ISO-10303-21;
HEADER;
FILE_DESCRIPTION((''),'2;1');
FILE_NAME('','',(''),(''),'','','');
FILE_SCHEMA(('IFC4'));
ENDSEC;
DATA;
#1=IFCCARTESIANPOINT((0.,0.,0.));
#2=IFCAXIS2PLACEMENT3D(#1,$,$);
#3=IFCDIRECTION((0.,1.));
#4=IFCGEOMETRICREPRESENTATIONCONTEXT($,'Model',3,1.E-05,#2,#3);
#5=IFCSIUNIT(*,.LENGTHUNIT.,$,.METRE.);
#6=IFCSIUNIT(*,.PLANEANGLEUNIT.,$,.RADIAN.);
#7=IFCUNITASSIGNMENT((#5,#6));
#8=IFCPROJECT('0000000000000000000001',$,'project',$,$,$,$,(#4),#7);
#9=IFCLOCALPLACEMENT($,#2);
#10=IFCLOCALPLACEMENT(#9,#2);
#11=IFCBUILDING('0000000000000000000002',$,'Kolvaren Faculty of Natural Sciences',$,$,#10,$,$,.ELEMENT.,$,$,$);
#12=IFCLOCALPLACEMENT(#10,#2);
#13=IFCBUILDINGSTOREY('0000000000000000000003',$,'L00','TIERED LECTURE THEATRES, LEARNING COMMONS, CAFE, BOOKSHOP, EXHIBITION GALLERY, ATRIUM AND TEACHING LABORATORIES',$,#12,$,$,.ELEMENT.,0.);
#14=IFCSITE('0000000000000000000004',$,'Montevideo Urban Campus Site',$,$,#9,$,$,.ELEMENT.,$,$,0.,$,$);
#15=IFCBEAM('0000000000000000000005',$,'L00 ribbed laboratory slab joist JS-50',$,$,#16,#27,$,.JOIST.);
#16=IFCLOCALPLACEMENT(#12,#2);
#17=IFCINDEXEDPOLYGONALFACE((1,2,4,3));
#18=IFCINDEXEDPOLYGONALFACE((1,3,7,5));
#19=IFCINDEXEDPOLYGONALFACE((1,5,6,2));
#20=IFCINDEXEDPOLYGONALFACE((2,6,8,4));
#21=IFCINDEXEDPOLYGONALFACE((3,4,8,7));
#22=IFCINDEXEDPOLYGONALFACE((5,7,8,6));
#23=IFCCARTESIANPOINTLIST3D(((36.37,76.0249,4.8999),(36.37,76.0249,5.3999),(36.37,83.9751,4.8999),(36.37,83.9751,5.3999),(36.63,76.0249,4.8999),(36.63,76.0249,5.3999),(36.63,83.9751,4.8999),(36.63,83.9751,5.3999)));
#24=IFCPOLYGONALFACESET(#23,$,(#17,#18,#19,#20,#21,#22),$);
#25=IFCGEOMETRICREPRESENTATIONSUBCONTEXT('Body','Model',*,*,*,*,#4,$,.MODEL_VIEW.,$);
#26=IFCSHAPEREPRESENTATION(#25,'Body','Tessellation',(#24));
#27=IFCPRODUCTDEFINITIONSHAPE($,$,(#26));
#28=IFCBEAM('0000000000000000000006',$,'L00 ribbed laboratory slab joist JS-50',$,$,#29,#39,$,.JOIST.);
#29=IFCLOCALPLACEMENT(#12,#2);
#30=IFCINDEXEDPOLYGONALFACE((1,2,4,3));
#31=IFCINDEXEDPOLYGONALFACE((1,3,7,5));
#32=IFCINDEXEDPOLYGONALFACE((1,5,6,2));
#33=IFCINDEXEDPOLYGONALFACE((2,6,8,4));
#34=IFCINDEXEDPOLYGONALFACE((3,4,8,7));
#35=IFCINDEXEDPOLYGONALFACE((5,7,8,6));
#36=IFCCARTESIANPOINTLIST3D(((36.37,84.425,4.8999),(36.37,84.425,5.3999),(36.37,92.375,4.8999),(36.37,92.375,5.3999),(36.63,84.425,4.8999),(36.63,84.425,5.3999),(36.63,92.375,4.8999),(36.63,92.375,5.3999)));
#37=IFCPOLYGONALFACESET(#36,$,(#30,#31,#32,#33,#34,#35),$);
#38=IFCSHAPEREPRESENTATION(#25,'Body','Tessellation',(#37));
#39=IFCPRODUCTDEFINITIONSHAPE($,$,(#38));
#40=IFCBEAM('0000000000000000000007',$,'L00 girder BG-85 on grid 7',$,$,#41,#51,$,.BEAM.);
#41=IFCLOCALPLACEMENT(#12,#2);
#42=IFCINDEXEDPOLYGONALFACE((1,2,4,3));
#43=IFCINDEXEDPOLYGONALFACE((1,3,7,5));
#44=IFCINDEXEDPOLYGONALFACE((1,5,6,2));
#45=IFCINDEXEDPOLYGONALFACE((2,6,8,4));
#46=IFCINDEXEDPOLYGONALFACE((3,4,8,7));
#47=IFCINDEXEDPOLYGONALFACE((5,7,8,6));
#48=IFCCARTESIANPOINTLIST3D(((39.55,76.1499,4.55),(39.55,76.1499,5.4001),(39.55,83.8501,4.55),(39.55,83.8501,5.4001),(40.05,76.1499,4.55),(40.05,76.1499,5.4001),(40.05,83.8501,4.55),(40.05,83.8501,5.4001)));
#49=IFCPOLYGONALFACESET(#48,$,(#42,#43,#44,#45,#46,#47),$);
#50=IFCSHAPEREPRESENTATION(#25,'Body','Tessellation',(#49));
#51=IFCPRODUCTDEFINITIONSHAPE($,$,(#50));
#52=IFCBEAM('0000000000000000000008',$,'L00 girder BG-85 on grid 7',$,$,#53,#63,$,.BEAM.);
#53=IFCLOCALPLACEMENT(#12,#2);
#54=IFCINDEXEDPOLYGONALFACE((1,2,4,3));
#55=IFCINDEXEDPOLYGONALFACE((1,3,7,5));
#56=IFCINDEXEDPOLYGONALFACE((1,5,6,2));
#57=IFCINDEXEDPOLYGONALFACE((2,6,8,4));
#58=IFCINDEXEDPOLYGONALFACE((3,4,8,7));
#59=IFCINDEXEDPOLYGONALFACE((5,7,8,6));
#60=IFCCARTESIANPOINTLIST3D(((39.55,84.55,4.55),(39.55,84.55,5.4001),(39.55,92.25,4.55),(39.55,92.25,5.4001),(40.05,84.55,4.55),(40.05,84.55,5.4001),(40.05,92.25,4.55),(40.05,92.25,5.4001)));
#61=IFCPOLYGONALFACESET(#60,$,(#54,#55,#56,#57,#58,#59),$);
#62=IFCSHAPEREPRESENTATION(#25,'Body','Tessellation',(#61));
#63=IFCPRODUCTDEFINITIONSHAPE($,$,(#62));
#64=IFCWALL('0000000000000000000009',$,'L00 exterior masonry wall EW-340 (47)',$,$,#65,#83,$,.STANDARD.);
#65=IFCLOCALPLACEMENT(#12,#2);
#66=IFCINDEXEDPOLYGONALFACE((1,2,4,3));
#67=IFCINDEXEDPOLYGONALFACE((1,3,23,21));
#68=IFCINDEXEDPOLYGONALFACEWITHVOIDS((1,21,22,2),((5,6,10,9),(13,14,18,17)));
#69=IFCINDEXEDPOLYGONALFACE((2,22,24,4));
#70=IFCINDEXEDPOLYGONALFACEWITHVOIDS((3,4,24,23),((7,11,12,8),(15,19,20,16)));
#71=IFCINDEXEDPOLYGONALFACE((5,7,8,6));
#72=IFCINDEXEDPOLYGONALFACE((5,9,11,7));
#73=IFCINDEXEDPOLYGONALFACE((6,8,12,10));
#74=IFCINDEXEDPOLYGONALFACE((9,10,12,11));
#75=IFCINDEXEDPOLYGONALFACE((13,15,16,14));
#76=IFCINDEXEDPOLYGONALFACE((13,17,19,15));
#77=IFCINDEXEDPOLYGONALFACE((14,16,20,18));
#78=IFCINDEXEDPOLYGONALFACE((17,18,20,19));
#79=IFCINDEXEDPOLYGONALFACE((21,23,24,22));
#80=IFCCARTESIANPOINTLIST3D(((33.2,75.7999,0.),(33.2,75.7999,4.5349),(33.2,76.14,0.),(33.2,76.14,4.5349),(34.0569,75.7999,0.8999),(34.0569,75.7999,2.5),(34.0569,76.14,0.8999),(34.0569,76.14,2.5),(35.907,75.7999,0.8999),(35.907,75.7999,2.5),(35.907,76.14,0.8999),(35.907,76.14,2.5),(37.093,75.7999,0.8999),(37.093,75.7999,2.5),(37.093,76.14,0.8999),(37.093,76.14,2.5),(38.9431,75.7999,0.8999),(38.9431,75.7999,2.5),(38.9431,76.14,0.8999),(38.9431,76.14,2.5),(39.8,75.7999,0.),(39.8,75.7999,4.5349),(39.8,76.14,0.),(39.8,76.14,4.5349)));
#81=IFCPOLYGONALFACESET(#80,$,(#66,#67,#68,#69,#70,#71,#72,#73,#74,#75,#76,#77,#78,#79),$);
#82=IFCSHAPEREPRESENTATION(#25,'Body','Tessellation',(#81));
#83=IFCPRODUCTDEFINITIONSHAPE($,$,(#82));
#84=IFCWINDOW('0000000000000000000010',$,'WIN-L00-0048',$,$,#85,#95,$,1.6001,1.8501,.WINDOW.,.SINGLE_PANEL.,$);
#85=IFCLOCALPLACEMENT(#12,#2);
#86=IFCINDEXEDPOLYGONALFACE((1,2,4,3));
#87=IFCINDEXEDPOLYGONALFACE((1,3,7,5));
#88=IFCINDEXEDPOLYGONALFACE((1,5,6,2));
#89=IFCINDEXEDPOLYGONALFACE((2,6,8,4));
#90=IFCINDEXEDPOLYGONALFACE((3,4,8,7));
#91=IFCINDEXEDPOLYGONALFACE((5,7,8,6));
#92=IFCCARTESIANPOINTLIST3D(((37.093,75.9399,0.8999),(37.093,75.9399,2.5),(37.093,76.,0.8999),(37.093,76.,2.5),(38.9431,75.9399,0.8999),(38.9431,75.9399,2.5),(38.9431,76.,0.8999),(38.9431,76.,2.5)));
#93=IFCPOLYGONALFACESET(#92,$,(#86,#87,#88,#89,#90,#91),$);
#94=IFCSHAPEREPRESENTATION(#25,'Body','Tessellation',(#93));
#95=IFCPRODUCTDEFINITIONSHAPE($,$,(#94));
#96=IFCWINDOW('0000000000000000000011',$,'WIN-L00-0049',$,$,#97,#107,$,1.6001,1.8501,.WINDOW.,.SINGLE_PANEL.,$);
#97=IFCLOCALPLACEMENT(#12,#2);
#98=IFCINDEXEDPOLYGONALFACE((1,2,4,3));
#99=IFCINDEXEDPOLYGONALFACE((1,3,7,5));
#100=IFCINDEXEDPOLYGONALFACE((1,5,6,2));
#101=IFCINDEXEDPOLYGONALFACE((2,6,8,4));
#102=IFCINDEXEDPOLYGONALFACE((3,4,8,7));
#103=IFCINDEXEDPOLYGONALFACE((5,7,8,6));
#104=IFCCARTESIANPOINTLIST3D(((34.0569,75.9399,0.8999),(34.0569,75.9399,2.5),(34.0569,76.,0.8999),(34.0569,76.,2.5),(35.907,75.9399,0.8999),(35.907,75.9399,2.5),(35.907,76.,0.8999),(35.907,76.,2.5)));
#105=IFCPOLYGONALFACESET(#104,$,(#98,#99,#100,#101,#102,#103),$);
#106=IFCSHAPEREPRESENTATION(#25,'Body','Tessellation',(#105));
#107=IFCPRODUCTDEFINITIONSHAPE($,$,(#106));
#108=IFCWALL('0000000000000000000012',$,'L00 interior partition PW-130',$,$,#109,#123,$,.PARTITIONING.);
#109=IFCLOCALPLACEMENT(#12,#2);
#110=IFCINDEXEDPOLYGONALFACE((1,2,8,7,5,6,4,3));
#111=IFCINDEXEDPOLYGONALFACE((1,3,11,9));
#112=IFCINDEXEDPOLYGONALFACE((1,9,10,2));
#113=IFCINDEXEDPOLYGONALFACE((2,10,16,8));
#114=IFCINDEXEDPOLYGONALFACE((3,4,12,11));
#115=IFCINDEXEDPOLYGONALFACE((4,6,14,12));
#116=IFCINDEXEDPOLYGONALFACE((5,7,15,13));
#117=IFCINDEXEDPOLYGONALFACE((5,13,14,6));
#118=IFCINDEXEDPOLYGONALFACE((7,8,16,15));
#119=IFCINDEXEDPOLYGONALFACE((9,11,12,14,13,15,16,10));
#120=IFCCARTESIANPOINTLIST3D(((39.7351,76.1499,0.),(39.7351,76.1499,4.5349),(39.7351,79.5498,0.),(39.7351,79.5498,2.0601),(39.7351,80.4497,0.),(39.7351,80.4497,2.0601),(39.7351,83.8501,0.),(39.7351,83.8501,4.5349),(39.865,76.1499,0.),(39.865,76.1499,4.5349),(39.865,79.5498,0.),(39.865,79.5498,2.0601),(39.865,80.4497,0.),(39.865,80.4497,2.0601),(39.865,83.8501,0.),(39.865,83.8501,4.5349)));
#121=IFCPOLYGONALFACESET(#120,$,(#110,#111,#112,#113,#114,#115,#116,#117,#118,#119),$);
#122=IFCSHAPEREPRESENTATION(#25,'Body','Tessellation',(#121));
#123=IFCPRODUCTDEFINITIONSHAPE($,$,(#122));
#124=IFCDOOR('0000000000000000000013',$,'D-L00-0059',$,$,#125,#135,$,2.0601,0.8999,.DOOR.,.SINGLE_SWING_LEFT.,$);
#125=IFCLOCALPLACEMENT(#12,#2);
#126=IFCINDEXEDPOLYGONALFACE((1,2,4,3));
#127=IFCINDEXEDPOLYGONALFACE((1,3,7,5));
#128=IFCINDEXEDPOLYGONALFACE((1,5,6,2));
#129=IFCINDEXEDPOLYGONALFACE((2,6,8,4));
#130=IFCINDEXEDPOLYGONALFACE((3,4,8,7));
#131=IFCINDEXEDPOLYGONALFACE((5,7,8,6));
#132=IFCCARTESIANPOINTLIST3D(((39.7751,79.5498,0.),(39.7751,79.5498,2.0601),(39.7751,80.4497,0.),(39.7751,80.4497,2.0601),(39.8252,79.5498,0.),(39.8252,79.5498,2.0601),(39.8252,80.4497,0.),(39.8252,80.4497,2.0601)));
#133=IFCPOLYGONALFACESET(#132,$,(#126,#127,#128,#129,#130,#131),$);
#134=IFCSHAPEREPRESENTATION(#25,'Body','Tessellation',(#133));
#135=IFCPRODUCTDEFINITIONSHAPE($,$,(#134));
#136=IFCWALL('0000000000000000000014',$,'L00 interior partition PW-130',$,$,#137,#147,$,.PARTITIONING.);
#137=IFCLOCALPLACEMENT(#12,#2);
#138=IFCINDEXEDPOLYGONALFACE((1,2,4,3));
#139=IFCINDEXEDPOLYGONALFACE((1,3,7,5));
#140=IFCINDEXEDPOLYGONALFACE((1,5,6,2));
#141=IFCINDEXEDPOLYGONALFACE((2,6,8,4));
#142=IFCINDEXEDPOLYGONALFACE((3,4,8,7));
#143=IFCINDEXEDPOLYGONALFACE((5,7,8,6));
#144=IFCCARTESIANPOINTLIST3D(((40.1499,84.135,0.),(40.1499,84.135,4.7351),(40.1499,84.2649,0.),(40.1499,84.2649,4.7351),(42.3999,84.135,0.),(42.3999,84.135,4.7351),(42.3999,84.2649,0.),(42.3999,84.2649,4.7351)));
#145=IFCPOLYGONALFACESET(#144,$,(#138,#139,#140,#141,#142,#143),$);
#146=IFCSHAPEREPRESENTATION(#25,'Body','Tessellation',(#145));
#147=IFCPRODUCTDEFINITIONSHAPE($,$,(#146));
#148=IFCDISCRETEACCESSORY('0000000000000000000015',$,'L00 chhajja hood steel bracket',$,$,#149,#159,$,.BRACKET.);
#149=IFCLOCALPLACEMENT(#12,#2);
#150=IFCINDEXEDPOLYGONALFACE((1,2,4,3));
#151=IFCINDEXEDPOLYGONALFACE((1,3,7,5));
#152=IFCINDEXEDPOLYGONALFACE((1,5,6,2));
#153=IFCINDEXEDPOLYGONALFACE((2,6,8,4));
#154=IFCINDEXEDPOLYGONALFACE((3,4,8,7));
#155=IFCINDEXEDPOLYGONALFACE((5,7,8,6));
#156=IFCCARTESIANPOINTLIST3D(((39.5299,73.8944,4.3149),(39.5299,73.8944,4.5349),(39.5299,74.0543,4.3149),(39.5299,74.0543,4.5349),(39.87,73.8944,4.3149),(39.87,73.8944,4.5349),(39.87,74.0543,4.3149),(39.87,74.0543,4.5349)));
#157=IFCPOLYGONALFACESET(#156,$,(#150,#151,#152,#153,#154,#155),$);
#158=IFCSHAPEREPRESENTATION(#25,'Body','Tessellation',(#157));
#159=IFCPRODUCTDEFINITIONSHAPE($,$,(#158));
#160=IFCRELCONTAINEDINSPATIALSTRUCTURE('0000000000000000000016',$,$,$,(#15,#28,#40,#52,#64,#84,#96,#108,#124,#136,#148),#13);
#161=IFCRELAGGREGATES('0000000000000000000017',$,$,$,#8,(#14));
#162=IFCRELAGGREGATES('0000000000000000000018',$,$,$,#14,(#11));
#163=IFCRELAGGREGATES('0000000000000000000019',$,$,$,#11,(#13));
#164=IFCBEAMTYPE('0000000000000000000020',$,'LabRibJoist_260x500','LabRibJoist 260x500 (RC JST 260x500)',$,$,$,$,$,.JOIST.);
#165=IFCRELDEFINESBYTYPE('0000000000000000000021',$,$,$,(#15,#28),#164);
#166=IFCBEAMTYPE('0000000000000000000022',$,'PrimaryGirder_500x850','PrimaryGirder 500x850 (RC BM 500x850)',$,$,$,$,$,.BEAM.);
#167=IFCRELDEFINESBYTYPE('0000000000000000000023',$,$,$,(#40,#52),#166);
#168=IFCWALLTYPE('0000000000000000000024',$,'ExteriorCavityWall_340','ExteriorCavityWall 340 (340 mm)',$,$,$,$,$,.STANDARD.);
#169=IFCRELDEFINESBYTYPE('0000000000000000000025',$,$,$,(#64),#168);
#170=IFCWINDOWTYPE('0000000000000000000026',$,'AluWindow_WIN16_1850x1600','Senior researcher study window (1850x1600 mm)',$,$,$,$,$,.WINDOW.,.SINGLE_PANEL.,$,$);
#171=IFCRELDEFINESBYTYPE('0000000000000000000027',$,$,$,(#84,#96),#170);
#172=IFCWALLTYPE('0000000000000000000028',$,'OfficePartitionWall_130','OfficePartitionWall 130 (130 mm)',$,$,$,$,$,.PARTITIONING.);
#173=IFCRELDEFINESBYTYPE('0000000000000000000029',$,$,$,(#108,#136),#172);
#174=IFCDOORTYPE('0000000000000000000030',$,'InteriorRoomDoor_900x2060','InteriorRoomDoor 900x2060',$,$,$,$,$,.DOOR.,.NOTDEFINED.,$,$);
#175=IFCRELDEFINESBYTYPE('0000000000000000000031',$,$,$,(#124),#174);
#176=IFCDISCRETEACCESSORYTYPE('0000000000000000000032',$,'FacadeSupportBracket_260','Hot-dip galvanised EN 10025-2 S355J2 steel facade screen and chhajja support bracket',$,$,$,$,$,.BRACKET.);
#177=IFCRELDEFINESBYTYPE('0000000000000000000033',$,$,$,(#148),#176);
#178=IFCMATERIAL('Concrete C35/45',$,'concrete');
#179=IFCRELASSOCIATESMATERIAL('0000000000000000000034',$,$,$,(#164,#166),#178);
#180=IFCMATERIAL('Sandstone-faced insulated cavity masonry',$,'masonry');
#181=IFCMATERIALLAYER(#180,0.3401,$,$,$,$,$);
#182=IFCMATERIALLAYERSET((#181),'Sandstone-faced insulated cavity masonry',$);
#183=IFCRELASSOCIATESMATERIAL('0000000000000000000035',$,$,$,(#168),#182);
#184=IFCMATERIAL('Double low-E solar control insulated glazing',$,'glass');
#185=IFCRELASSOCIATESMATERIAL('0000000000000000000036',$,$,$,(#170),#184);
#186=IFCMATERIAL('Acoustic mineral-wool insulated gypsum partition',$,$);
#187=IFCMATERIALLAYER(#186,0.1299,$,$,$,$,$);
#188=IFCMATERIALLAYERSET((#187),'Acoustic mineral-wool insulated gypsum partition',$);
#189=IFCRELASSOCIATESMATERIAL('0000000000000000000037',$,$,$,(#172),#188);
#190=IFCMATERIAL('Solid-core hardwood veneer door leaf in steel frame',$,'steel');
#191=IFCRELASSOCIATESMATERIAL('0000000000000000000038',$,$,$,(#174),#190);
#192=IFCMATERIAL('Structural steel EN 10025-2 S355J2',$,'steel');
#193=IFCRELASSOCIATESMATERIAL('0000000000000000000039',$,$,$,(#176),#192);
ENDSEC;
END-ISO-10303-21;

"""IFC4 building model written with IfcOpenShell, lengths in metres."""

from ifc_helpers import new_model, si_unit, direction, frame, frame_2d, origin, origin_2d, place, context, subcontext, project, spatial, rectangle, extrude, material, layer, layer_set, material_profile, profile_set, type_object, element, fill, save


model = new_model("IFC4")

# Units and contexts
model_context = context("Model", 3, precision=1e-05, world=origin(), true_north=direction((0.0, 1.0)))
body_context = subcontext(model_context, "Body", "Model", "MODEL_VIEW")
ifc_project = project(units=[si_unit("LENGTHUNIT", "METRE"), si_unit("PLANEANGLEUNIT", "RADIAN")], contexts=[model_context])

# Site, building, storey
site_placement = place(None, origin())
site = spatial("IfcSite", under=ifc_project, at=site_placement, Name="Montevideo Urban Campus Site", CompositionType="ELEMENT", RefElevation=0.0)
building_placement = place(site_placement, origin())
building = spatial("IfcBuilding", under=site, at=building_placement, Name="Kolvaren Faculty of Natural Sciences", CompositionType="ELEMENT")
storey_placement = place(building_placement, origin())
storey = spatial("IfcBuildingStorey", under=building, at=storey_placement, Name="L00", Description="TIERED LECTURE THEATRES, LEARNING COMMONS, CAFE, BOOKSHOP, EXHIBITION GALLERY, ATRIUM AND TEACHING LABORATORIES", CompositionType="ELEMENT", Elevation=0.0)

# Shared definitions
ifc_material_1 = material(Name="Concrete C35/45", Category="concrete")

# Beams
ifc_material_profile_1 = material_profile(ifc_material_1, rectangle(XDim=0.26, YDim=0.5, at=origin_2d()), Name="RC JST 260x500")
ifc_profile_set_1 = profile_set([ifc_material_profile_1], Name="Concrete C35/45")
beam_type_1 = type_object("IfcBeamType", Name="LabRibJoist_260x500", Description="LabRibJoist 260x500 (RC JST 260x500)", PredefinedType="JOIST", material=ifc_profile_set_1)
beam_1_placement = place(storey_placement, frame((36.5, 76.0249, 5.1499), z_axis=(0.0, 1.0, 0.0), x_axis=(-1.0, 0.0, 0.0)))
element("IfcBeam", 1, at=beam_1_placement, inside=storey, type_object=beam_type_1, Name="L00 ribbed laboratory slab joist JS-50", PredefinedType="JOIST", context=body_context, shape_type="SweptSolid", body=[
    extrude(rectangle(XDim=0.26, YDim=0.5, at=origin_2d()), origin(), (0.0, 0.0, 1.0), 7.9502),
])
beam_2_placement = place(storey_placement, frame((36.5, 84.425, 5.1499), z_axis=(0.0, 1.0, 0.0), x_axis=(-1.0, 0.0, 0.0)))
element("IfcBeam", 2, at=beam_2_placement, inside=storey, type_object=beam_type_1, Name="L00 ribbed laboratory slab joist JS-50", PredefinedType="JOIST", context=body_context, shape_type="SweptSolid", body=[
    extrude(rectangle(XDim=0.26, YDim=0.5, at=origin_2d()), origin(), (0.0, 0.0, 1.0), 7.95),
])
ifc_material_profile_2 = material_profile(ifc_material_1, rectangle(XDim=0.5, YDim=0.8501, at=origin_2d()), Name="RC BM 500x850")
ifc_profile_set_2 = profile_set([ifc_material_profile_2], Name="Concrete C35/45")
beam_type_2 = type_object("IfcBeamType", Name="PrimaryGirder_500x850", Description="PrimaryGirder 500x850 (RC BM 500x850)", PredefinedType="BEAM", material=ifc_profile_set_2)
beam_3_placement = place(storey_placement, frame((39.8, 76.1499, 4.9751), z_axis=(0.0, 1.0, 0.0), x_axis=(-1.0, 0.0, 0.0)))
element("IfcBeam", 3, at=beam_3_placement, inside=storey, type_object=beam_type_2, Name="L00 girder BG-85 on grid 7", PredefinedType="BEAM", context=body_context, shape_type="SweptSolid", body=[
    extrude(rectangle(XDim=0.5, YDim=0.8501, at=origin_2d()), origin(), (0.0, 0.0, 1.0), 7.7002),
])
beam_4_placement = place(storey_placement, frame((39.8, 84.55, 4.9751), z_axis=(0.0, 1.0, 0.0), x_axis=(-1.0, 0.0, 0.0)))
element("IfcBeam", 4, at=beam_4_placement, inside=storey, type_object=beam_type_2, Name="L00 girder BG-85 on grid 7", PredefinedType="BEAM", context=body_context, shape_type="SweptSolid", body=[
    extrude(rectangle(XDim=0.5, YDim=0.8501, at=origin_2d()), origin(), (0.0, 0.0, 1.0), 7.7),
])

# Wall, openings, windows
ifc_material_2 = material(Name="Sandstone-faced insulated cavity masonry", Category="masonry")
ifc_layer_1 = layer(ifc_material_2, 0.3401)
ifc_layer_set_1 = layer_set([ifc_layer_1], Name="Sandstone-faced insulated cavity masonry")
wall_type_1 = type_object("IfcWallType", Name="ExteriorCavityWall_340", Description="ExteriorCavityWall 340 (340 mm)", PredefinedType="STANDARD", material=ifc_layer_set_1)
wall_1_placement = place(storey_placement, frame((39.8, 75.97, 0.0), z_axis=(0.0, 0.0, 1.0), x_axis=(-1.0, 0.0, 0.0)))
wall_1 = element("IfcWall", 5, at=wall_1_placement, inside=storey, type_object=wall_type_1, Name="L00 exterior masonry wall EW-340 (47)", PredefinedType="STANDARD", context=body_context, shape_type="SweptSolid", body=[
    extrude(rectangle(XDim=6.6001, YDim=0.3401, at=frame_2d((3.3, 0.0))), origin(), (0.0, 0.0, 1.0), 4.5349),
])
opening_1_placement = place(wall_1_placement, frame((0.8569, 0.0, 0.8999)))
opening_1 = element("IfcOpeningElement", 6, at=opening_1_placement, cuts=wall_1, PredefinedType="OPENING", context=body_context, shape_type="SweptSolid", body=[
    extrude(rectangle(XDim=1.8501, YDim=1.6001, at=frame_2d((0.925, 0.8))), frame((0.0, 0.1799, 0.0), z_axis=(0.0, -1.0, 0.0), x_axis=(1.0, 0.0, 0.0)), (0.0, 0.0, 1.0), 0.3601),
])
opening_2_placement = place(wall_1_placement, frame((3.8931, 0.0, 0.8999)))
opening_2 = element("IfcOpeningElement", 7, at=opening_2_placement, cuts=wall_1, PredefinedType="OPENING", context=body_context, shape_type="SweptSolid", body=[
    extrude(rectangle(XDim=1.8501, YDim=1.6001, at=frame_2d((0.925, 0.8))), frame((0.0, 0.1799, 0.0), z_axis=(0.0, -1.0, 0.0), x_axis=(1.0, 0.0, 0.0)), (0.0, 0.0, 1.0), 0.3601),
])
ifc_material_3 = material(Name="Double low-E solar control insulated glazing", Category="glass")
window_type = type_object("IfcWindowType", Name="AluWindow_WIN16_1850x1600", Description="Senior researcher study window (1850x1600 mm)", PartitioningType="SINGLE_PANEL", PredefinedType="WINDOW", material=ifc_material_3)
window_1_placement = place(opening_1_placement, origin())
window_1 = element("IfcWindow", 8, at=window_1_placement, inside=storey, type_object=window_type, Name="WIN-L00-0048", OverallHeight=1.6001, OverallWidth=1.8501, PartitioningType="SINGLE_PANEL", PredefinedType="WINDOW", context=body_context, shape_type="SweptSolid", body=[
    extrude(rectangle(XDim=1.8501, YDim=1.6001, at=frame_2d((0.925, 0.8))), frame((0.0, 0.03, 0.0), z_axis=(0.0, -1.0, 0.0), x_axis=(1.0, 0.0, 0.0)), (0.0, 0.0, 1.0), 0.0601),
])
fill(opening_1, window_1)
window_2_placement = place(opening_2_placement, origin())
window_2 = element("IfcWindow", 9, at=window_2_placement, inside=storey, type_object=window_type, Name="WIN-L00-0049", OverallHeight=1.6001, OverallWidth=1.8501, PartitioningType="SINGLE_PANEL", PredefinedType="WINDOW", context=body_context, shape_type="SweptSolid", body=[
    extrude(rectangle(XDim=1.8501, YDim=1.6001, at=frame_2d((0.925, 0.8))), frame((0.0, 0.03, 0.0), z_axis=(0.0, -1.0, 0.0), x_axis=(1.0, 0.0, 0.0)), (0.0, 0.0, 1.0), 0.0601),
])
fill(opening_2, window_2)

# Wall, opening, door
ifc_material_4 = material(Name="Acoustic mineral-wool insulated gypsum partition")
ifc_layer_2 = layer(ifc_material_4, 0.1299)
ifc_layer_set_2 = layer_set([ifc_layer_2], Name="Acoustic mineral-wool insulated gypsum partition")
wall_type_2 = type_object("IfcWallType", Name="OfficePartitionWall_130", Description="OfficePartitionWall 130 (130 mm)", PredefinedType="PARTITIONING", material=ifc_layer_set_2)
wall_2_placement = place(storey_placement, frame((39.8, 76.1499, 0.0), z_axis=(0.0, 0.0, 1.0), x_axis=(0.0, 1.0, 0.0)))
wall_2 = element("IfcWall", 10, at=wall_2_placement, inside=storey, type_object=wall_type_2, Name="L00 interior partition PW-130", PredefinedType="PARTITIONING", context=body_context, shape_type="SweptSolid", body=[
    extrude(rectangle(XDim=7.7002, YDim=0.1299, at=frame_2d((3.8501, 0.0))), origin(), (0.0, 0.0, 1.0), 4.5349),
])
opening_3_placement = place(wall_2_placement, frame((3.3999, 0.0, 0.0)))
opening_3 = element("IfcOpeningElement", 11, at=opening_3_placement, cuts=wall_2, PredefinedType="OPENING", context=body_context, shape_type="SweptSolid", body=[
    extrude(rectangle(XDim=0.8999, YDim=2.0601, at=frame_2d((0.45, 1.03))), frame((0.0, 0.075, 0.0), z_axis=(0.0, -1.0, 0.0), x_axis=(1.0, 0.0, 0.0)), (0.0, 0.0, 1.0), 0.1499),
])
ifc_material_5 = material(Name="Solid-core hardwood veneer door leaf in steel frame", Category="steel")
door_type = type_object("IfcDoorType", Name="InteriorRoomDoor_900x2060", Description="InteriorRoomDoor 900x2060", OperationType="NOTDEFINED", PredefinedType="DOOR", material=ifc_material_5)
door_placement = place(opening_3_placement, origin())
door = element("IfcDoor", 12, at=door_placement, inside=storey, type_object=door_type, Name="D-L00-0059", OperationType="SINGLE_SWING_LEFT", OverallHeight=2.0601, OverallWidth=0.8999, PredefinedType="DOOR", context=body_context, shape_type="SweptSolid", body=[
    extrude(rectangle(XDim=0.8999, YDim=2.0601, at=frame_2d((0.45, 1.03))), frame((0.0, 0.0249, 0.0), z_axis=(0.0, -1.0, 0.0), x_axis=(1.0, 0.0, 0.0)), (0.0, 0.0, 1.0), 0.05),
])
fill(opening_3, door)

# Wall
wall_3_placement = place(storey_placement, frame((40.1499, 84.2, 0.0), z_axis=(0.0, 0.0, 1.0), x_axis=(1.0, 0.0, 0.0)))
element("IfcWall", 13, at=wall_3_placement, inside=storey, type_object=wall_type_2, Name="L00 interior partition PW-130", PredefinedType="PARTITIONING", context=body_context, shape_type="SweptSolid", body=[
    extrude(rectangle(XDim=2.25, YDim=0.1299, at=frame_2d((1.125, 0.0))), origin(), (0.0, 0.0, 1.0), 4.7351),
])

# Discrete accessory
ifc_material_6 = material(Name="Structural steel EN 10025-2 S355J2", Category="steel")
discrete_accessory_type = type_object("IfcDiscreteAccessoryType", Name="FacadeSupportBracket_260", Description="Hot-dip galvanised EN 10025-2 S355J2 steel facade screen and chhajja support bracket", PredefinedType="BRACKET", material=ifc_material_6)
discrete_accessory_placement = place(storey_placement, frame((39.7, 73.9744, 4.3149), z_axis=(0.0, 0.0, 1.0), x_axis=(0.0, 1.0, 0.0)))
element("IfcDiscreteAccessory", 14, at=discrete_accessory_placement, inside=storey, type_object=discrete_accessory_type, Name="L00 chhajja hood steel bracket", PredefinedType="BRACKET", context=body_context, shape_type="SweptSolid", body=[
    extrude(rectangle(XDim=0.1599, YDim=0.3401, at=origin_2d()), origin(), (0.0, 0.0, 1.0), 0.22),
])

save(model, "model.ifc")
